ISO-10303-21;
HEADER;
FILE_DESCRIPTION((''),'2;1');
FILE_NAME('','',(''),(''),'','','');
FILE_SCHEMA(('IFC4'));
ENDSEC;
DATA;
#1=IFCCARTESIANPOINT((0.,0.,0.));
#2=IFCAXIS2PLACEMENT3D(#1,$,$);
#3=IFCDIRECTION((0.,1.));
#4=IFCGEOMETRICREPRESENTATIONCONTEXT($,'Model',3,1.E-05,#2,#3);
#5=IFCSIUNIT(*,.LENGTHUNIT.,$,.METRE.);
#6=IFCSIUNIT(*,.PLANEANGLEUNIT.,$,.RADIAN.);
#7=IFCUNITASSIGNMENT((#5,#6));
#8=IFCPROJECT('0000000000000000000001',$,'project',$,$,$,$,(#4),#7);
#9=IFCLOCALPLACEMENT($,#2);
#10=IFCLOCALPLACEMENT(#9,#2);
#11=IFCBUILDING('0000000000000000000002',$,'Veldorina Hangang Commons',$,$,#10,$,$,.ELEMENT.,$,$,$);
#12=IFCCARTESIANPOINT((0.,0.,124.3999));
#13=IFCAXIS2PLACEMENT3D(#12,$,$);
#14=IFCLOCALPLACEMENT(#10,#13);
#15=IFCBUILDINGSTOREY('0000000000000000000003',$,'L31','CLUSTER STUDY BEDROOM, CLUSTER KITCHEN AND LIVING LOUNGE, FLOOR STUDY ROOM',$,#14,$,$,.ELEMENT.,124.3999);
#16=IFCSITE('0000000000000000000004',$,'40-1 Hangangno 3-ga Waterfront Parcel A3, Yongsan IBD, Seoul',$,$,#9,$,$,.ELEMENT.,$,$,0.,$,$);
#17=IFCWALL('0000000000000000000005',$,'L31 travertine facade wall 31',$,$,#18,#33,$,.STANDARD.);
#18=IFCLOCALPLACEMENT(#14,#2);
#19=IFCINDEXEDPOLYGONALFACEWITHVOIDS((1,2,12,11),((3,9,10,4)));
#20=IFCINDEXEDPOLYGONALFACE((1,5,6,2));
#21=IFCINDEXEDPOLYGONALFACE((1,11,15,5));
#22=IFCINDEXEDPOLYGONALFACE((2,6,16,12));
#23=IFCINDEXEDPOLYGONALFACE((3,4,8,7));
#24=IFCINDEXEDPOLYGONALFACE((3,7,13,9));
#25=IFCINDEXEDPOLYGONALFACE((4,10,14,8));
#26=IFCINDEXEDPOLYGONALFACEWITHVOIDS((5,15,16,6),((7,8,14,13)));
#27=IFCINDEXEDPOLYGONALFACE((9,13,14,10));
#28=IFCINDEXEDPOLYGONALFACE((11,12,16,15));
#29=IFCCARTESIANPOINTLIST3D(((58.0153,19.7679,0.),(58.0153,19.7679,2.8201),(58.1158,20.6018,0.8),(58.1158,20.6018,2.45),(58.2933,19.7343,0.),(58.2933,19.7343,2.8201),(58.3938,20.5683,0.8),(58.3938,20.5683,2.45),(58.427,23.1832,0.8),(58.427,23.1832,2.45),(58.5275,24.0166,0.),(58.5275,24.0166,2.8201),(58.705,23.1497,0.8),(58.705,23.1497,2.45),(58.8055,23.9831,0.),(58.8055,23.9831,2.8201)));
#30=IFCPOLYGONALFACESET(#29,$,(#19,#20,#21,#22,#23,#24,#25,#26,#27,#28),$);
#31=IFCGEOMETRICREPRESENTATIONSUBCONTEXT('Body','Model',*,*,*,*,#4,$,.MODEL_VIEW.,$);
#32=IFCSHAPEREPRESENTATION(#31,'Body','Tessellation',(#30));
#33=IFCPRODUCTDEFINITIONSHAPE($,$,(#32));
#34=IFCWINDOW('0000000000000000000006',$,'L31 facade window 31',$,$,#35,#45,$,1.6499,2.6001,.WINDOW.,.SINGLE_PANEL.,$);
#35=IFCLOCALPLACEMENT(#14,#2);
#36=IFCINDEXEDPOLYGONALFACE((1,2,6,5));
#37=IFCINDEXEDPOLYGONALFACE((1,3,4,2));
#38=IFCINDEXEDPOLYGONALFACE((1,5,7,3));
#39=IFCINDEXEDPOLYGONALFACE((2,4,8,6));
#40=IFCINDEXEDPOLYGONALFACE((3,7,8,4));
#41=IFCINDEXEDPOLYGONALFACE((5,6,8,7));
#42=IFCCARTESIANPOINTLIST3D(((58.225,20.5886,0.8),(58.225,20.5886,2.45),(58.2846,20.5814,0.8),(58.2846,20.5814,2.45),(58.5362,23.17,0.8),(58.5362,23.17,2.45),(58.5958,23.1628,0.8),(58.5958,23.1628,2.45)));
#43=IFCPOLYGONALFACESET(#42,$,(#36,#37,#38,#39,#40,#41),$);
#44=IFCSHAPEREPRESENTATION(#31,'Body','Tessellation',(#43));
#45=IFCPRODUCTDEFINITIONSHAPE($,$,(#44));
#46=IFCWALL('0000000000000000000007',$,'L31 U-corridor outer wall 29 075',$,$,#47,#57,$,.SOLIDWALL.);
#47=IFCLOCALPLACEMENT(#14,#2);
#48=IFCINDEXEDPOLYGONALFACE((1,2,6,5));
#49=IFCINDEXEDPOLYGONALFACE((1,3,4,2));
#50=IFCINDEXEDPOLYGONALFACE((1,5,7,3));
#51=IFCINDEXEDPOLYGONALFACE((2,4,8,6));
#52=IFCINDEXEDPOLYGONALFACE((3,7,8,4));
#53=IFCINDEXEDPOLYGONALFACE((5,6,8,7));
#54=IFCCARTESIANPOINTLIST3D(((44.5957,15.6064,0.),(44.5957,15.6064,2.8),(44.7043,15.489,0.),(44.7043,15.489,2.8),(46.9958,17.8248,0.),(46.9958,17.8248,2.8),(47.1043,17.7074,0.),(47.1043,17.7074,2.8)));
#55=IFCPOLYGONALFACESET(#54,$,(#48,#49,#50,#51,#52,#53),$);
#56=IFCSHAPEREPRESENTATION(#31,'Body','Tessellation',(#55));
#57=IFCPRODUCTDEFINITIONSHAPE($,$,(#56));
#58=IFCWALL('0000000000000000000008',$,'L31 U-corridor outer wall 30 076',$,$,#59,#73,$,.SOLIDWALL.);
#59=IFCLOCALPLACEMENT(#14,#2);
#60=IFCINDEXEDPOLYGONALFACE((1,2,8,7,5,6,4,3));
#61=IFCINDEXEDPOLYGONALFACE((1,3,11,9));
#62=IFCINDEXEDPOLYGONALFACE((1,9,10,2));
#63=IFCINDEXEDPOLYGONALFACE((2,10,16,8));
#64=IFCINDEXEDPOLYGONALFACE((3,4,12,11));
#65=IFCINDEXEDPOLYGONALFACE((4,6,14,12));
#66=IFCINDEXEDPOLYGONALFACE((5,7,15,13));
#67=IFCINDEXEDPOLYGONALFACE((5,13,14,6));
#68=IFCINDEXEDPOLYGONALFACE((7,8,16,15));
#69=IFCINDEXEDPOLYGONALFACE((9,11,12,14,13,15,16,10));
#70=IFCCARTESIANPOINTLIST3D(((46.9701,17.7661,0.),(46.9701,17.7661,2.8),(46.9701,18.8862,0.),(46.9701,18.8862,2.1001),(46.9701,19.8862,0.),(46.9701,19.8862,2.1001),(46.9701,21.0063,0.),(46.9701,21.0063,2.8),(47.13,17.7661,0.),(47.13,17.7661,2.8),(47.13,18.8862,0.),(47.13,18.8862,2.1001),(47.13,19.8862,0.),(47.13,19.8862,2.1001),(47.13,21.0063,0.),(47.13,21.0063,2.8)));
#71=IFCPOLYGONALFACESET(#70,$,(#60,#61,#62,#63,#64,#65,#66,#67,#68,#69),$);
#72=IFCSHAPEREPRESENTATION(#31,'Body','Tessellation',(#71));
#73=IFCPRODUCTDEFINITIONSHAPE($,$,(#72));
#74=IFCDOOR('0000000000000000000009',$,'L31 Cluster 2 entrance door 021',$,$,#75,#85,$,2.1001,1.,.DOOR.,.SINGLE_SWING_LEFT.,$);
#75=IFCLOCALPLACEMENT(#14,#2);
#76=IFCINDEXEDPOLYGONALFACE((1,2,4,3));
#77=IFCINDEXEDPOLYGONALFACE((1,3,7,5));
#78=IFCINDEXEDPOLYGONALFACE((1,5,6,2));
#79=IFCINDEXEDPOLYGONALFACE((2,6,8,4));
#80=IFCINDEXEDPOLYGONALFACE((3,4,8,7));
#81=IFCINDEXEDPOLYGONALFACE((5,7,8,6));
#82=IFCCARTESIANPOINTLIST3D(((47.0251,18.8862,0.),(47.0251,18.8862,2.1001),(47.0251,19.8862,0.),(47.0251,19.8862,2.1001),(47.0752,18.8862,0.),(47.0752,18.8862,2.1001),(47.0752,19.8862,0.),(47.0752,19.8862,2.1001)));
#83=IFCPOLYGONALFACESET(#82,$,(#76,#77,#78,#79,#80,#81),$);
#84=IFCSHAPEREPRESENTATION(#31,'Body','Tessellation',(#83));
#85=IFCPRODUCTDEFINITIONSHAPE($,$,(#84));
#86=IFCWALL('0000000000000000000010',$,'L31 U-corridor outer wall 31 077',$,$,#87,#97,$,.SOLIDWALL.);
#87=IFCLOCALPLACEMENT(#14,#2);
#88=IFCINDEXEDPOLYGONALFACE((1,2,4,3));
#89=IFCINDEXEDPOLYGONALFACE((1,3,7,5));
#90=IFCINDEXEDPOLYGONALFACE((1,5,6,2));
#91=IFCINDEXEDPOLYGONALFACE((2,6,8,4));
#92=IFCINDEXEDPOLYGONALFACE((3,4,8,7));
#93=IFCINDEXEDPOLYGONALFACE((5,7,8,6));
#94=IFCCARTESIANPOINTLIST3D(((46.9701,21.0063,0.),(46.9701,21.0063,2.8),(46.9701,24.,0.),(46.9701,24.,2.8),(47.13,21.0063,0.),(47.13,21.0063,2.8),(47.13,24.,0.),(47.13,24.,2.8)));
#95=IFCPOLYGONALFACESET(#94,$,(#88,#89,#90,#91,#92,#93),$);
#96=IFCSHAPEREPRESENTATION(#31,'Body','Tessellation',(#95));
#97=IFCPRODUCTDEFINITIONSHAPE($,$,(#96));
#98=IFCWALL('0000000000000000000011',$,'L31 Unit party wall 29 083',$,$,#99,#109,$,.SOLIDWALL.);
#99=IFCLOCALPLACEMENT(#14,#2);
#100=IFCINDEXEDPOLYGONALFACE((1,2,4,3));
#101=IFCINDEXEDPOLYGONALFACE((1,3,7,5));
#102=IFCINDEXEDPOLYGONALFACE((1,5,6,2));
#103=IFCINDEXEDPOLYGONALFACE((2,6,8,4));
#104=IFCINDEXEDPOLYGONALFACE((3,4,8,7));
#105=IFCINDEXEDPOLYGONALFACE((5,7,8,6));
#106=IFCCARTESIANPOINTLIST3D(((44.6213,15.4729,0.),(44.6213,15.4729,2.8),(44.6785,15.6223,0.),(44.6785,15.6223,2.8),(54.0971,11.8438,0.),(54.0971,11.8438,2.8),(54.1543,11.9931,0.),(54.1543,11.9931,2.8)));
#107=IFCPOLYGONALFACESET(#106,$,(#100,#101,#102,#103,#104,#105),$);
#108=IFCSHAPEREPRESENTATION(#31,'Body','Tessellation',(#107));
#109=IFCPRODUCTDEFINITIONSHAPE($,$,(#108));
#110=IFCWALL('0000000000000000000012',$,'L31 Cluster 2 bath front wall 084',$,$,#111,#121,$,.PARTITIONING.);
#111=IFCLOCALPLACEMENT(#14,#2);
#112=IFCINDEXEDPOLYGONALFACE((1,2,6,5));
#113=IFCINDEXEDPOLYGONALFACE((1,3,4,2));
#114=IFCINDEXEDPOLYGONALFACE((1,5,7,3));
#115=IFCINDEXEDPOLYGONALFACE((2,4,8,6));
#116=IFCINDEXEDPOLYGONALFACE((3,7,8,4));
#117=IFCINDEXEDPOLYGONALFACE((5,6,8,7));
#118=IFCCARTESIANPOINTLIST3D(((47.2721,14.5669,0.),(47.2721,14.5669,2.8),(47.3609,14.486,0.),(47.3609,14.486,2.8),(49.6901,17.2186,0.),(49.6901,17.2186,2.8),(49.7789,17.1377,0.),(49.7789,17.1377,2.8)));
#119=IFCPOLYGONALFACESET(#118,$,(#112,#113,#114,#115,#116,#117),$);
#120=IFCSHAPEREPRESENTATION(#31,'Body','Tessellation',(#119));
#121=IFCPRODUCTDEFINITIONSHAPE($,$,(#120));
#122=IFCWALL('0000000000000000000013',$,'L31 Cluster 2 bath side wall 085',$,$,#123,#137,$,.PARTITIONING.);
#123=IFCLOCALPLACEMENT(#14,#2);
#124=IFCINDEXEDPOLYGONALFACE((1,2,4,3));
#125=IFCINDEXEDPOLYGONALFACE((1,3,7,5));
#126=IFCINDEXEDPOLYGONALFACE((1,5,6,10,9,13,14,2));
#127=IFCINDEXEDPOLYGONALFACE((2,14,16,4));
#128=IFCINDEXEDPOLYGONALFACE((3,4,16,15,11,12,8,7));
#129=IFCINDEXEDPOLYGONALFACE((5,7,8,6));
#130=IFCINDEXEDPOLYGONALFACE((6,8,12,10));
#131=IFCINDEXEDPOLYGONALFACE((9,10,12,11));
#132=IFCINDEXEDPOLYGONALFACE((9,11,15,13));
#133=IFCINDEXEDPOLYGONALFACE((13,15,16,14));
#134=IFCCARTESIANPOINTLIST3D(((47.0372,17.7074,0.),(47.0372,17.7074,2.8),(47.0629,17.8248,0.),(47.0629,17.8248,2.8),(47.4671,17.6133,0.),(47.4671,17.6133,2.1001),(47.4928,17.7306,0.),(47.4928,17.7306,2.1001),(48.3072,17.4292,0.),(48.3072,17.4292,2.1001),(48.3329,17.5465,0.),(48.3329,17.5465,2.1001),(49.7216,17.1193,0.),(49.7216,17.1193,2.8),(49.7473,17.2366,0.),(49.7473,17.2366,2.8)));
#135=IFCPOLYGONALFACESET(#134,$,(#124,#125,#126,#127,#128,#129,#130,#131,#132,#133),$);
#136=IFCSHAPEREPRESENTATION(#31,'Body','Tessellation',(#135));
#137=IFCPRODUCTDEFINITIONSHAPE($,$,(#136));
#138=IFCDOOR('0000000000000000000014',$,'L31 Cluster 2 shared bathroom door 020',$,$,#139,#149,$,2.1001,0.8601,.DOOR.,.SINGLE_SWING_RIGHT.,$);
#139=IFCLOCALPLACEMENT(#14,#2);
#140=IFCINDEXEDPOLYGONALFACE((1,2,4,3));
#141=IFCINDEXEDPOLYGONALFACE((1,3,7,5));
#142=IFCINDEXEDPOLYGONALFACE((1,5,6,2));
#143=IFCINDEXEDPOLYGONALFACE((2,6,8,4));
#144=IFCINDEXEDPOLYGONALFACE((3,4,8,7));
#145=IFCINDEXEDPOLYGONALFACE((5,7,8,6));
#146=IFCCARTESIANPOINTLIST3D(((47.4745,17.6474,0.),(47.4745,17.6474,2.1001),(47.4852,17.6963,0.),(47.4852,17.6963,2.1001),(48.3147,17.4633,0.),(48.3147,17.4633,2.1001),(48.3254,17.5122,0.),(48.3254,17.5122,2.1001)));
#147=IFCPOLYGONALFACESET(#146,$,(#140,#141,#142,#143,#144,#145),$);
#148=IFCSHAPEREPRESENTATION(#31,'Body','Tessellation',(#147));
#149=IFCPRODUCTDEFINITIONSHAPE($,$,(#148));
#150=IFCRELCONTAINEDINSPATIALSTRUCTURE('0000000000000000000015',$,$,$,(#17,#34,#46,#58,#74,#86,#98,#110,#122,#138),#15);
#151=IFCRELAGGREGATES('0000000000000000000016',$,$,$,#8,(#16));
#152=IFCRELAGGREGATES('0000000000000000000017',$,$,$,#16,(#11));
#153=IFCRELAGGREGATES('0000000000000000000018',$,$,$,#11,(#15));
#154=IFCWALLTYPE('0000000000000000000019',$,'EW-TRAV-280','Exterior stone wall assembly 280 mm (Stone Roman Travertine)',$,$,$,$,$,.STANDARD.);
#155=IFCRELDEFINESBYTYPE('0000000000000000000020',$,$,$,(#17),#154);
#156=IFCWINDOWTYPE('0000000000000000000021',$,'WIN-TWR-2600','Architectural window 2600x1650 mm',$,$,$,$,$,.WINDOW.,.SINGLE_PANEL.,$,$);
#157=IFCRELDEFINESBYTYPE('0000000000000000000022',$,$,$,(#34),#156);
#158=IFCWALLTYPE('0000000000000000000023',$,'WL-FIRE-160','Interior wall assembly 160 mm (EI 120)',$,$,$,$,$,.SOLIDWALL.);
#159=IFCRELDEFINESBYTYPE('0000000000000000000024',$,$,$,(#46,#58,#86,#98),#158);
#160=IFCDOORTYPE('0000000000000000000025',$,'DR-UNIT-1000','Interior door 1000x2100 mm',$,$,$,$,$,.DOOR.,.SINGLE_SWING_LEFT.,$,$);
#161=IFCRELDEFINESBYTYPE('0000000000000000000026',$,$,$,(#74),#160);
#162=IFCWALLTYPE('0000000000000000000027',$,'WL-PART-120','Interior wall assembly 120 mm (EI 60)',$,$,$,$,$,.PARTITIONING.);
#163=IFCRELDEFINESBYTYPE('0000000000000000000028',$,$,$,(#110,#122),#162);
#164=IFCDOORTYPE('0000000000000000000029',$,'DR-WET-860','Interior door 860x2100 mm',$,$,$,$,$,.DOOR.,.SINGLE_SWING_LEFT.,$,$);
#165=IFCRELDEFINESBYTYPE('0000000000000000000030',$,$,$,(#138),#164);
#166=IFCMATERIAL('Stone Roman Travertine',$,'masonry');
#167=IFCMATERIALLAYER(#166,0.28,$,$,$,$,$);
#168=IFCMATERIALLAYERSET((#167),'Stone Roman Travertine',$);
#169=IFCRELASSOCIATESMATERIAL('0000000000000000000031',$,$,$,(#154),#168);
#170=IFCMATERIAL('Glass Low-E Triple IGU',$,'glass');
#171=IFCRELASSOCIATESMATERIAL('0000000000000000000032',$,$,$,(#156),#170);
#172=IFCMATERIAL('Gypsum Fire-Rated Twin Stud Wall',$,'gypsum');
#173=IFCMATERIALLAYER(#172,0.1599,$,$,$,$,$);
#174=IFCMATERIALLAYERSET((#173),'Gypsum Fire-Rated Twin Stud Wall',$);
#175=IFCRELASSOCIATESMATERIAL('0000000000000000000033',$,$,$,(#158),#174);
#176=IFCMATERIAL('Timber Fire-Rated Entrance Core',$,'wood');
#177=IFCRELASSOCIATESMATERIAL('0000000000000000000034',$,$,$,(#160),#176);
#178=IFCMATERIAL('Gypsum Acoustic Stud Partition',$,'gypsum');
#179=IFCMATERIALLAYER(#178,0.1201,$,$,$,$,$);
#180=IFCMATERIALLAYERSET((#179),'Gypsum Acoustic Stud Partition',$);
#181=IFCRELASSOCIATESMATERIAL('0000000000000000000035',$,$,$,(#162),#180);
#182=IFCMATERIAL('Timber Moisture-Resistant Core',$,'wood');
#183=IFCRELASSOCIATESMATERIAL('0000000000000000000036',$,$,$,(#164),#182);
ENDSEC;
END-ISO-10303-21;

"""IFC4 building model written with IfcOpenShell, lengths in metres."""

from ifc_helpers import new_model, si_unit, direction, frame, frame_2d, origin, place, context, subcontext, project, spatial, rectangle, extrude, material, layer, layer_set, type_object, element, fill, save


model = new_model("IFC4")

# Units and contexts
model_context = context("Model", 3, precision=1e-05, world=origin(), true_north=direction((0.0, 1.0)))
body_context = subcontext(model_context, "Body", "Model", "MODEL_VIEW")
ifc_project = project(units=[si_unit("LENGTHUNIT", "METRE"), si_unit("PLANEANGLEUNIT", "RADIAN")], contexts=[model_context])

# Site, building, storey
site_placement = place(None, origin())
site = spatial("IfcSite", under=ifc_project, at=site_placement, Name="40-1 Hangangno 3-ga Waterfront Parcel A3, Yongsan IBD, Seoul", CompositionType="ELEMENT", RefElevation=0.0)
building_placement = place(site_placement, origin())
building = spatial("IfcBuilding", under=site, at=building_placement, Name="Veldorina Hangang Commons", CompositionType="ELEMENT")
storey_placement = place(building_placement, frame((0.0, 0.0, 124.3999)))
storey = spatial("IfcBuildingStorey", under=building, at=storey_placement, Name="L31", Description="CLUSTER STUDY BEDROOM, CLUSTER KITCHEN AND LIVING LOUNGE, FLOOR STUDY ROOM", CompositionType="ELEMENT", Elevation=124.3999)

# Shared definitions
ifc_material_1 = material(Name="Stone Roman Travertine", Category="masonry")

# Wall, opening, window
ifc_layer_1 = layer(ifc_material_1, 0.28)
ifc_layer_set_1 = layer_set([ifc_layer_1], Name="Stone Roman Travertine")
wall_type_1 = type_object("IfcWallType", Name="EW-TRAV-280", Description="Exterior stone wall assembly 280 mm (Stone Roman Travertine)", PredefinedType="STANDARD", material=ifc_layer_set_1)
wall_1_placement = place(storey_placement, frame((58.1543, 19.7512, 0.0), z_axis=(0.0, 0.0, 1.0), x_axis=(0.119687, 0.992812, 0.0)))
wall_1 = element("IfcWall", 1, at=wall_1_placement, inside=storey, type_object=wall_type_1, Name="L31 travertine facade wall 31", PredefinedType="STANDARD", context=body_context, shape_type="SweptSolid", body=[
    extrude(rectangle(XDim=4.2795, YDim=0.28, at=frame_2d((2.1396, 0.0))), origin(), (0.0, 0.0, 1.0), 2.8201),
])
opening_1_placement = place(wall_1_placement, frame((0.8398, 0.0, 0.8)))
opening_1 = element("IfcOpeningElement", 2, at=opening_1_placement, cuts=wall_1, PredefinedType="OPENING", context=body_context, shape_type="SweptSolid", body=[
    extrude(rectangle(XDim=2.6001, YDim=1.6499, at=frame_2d((1.3, 0.825))), frame((0.0, 0.1499, 0.0), z_axis=(0.0, -1.0, 0.0), x_axis=(1.0, 0.0, 0.0)), (0.0, 0.0, 1.0), 0.3),
])
ifc_material_2 = material(Name="Glass Low-E Triple IGU", Category="glass")
window_type = type_object("IfcWindowType", Name="WIN-TWR-2600", Description="Architectural window 2600x1650 mm", PartitioningType="SINGLE_PANEL", PredefinedType="WINDOW", material=ifc_material_2)
window_placement = place(opening_1_placement, origin())
window = element("IfcWindow", 3, at=window_placement, inside=storey, type_object=window_type, Name="L31 facade window 31", OverallHeight=1.6499, OverallWidth=2.6001, PartitioningType="SINGLE_PANEL", PredefinedType="WINDOW", context=body_context, shape_type="SweptSolid", body=[
    extrude(rectangle(XDim=2.6001, YDim=1.6499, at=frame_2d((1.3, 0.825))), frame((0.0, 0.03, 0.0), z_axis=(0.0, -1.0, 0.0), x_axis=(1.0, 0.0, 0.0)), (0.0, 0.0, 1.0), 0.0601),
])
fill(opening_1, window)

# Wall
ifc_material_3 = material(Name="Gypsum Fire-Rated Twin Stud Wall", Category="gypsum")
ifc_layer_2 = layer(ifc_material_3, 0.1599)
ifc_layer_set_2 = layer_set([ifc_layer_2], Name="Gypsum Fire-Rated Twin Stud Wall")
wall_type_2 = type_object("IfcWallType", Name="WL-FIRE-160", Description="Interior wall assembly 160 mm (EI 120)", PredefinedType="SOLIDWALL", material=ifc_layer_set_2)
wall_2_placement = place(storey_placement, frame((44.6499, 15.5476, 0.0), z_axis=(0.0, 0.0, 1.0), x_axis=(0.734348, 0.678773, 0.0)))
element("IfcWall", 4, at=wall_2_placement, inside=storey, type_object=wall_type_2, Name="L31 U-corridor outer wall 29 075", PredefinedType="SOLIDWALL", context=body_context, shape_type="SweptSolid", body=[
    extrude(rectangle(XDim=3.2683, YDim=0.1599, at=frame_2d((1.6343, 0.0))), origin(), (0.0, 0.0, 1.0), 2.8),
])

# Wall, opening, door
wall_3_placement = place(storey_placement, frame((47.05, 17.7661, 0.0), z_axis=(0.0, 0.0, 1.0), x_axis=(0.0, 1.0, 0.0)))
wall_3 = element("IfcWall", 5, at=wall_3_placement, inside=storey, type_object=wall_type_2, Name="L31 U-corridor outer wall 30 076", PredefinedType="SOLIDWALL", context=body_context, shape_type="SweptSolid", body=[
    extrude(rectangle(XDim=3.2402, YDim=0.1599, at=frame_2d((1.6201, 0.0))), origin(), (0.0, 0.0, 1.0), 2.8),
])
opening_2_placement = place(wall_3_placement, frame((1.1201, 0.0, 0.0)))
opening_2 = element("IfcOpeningElement", 6, at=opening_2_placement, cuts=wall_3, PredefinedType="OPENING", context=body_context, shape_type="SweptSolid", body=[
    extrude(rectangle(XDim=1.0, YDim=2.1001, at=frame_2d((0.5, 1.05))), frame((0.0, 0.0898, 0.0), z_axis=(0.0, -1.0, 0.0), x_axis=(1.0, 0.0, 0.0)), (0.0, 0.0, 1.0), 0.1799),
])
ifc_material_4 = material(Name="Timber Fire-Rated Entrance Core", Category="wood")
door_type_1 = type_object("IfcDoorType", Name="DR-UNIT-1000", Description="Interior door 1000x2100 mm", OperationType="SINGLE_SWING_LEFT", PredefinedType="DOOR", material=ifc_material_4)
door_1_placement = place(opening_2_placement, origin())
door_1 = element("IfcDoor", 7, at=door_1_placement, inside=storey, type_object=door_type_1, Name="L31 Cluster 2 entrance door 021", OperationType="SINGLE_SWING_LEFT", OverallHeight=2.1001, OverallWidth=1.0, PredefinedType="DOOR", context=body_context, shape_type="SweptSolid", body=[
    extrude(rectangle(XDim=1.0, YDim=2.1001, at=frame_2d((0.5, 1.05))), frame((0.0, 0.0249, 0.0), z_axis=(0.0, -1.0, 0.0), x_axis=(1.0, 0.0, 0.0)), (0.0, 0.0, 1.0), 0.05),
])
fill(opening_2, door_1)

# Walls
wall_4_placement = place(storey_placement, frame((47.05, 21.0063, 0.0), z_axis=(0.0, 0.0, 1.0), x_axis=(0.0, 1.0, 0.0)))
element("IfcWall", 8, at=wall_4_placement, inside=storey, type_object=wall_type_2, Name="L31 U-corridor outer wall 31 077", PredefinedType="SOLIDWALL", context=body_context, shape_type="SweptSolid", body=[
    extrude(rectangle(XDim=2.9937, YDim=0.1599, at=frame_2d((1.4968, 0.0))), origin(), (0.0, 0.0, 1.0), 2.8),
])
wall_5_placement = place(storey_placement, frame((44.6499, 15.5476, 0.0), z_axis=(0.0, 0.0, 1.0), x_axis=(0.933853, -0.357657, 0.0)))
element("IfcWall", 9, at=wall_5_placement, inside=storey, type_object=wall_type_2, Name="L31 Unit party wall 29 083", PredefinedType="SOLIDWALL", context=body_context, shape_type="SweptSolid", body=[
    extrude(rectangle(XDim=10.147, YDim=0.1599, at=frame_2d((5.0735, 0.0))), origin(), (0.0, 0.0, 1.0), 2.8),
])
ifc_material_5 = material(Name="Gypsum Acoustic Stud Partition", Category="gypsum")
ifc_layer_3 = layer(ifc_material_5, 0.1201)
ifc_layer_set_3 = layer_set([ifc_layer_3], Name="Gypsum Acoustic Stud Partition")
wall_type_3 = type_object("IfcWallType", Name="WL-PART-120", Description="Interior wall assembly 120 mm (EI 60)", PredefinedType="PARTITIONING", material=ifc_layer_set_3)
wall_6_placement = place(storey_placement, frame((47.3164, 14.5264, 0.0), z_axis=(0.0, 0.0, 1.0), x_axis=(0.673803, 0.738911, 0.0)))
element("IfcWall", 10, at=wall_6_placement, inside=storey, type_object=wall_type_3, Name="L31 Cluster 2 bath front wall 084", PredefinedType="PARTITIONING", context=body_context, shape_type="SweptSolid", body=[
    extrude(rectangle(XDim=3.5886, YDim=0.1201, at=frame_2d((1.7944, 0.0))), origin(), (0.0, 0.0, 1.0), 2.8),
])

# Wall, opening, door
wall_7_placement = place(storey_placement, frame((47.05, 17.7661, 0.0), z_axis=(0.0, 0.0, 1.0), x_axis=(0.976829, -0.214023, 0.0)))
wall_7 = element("IfcWall", 11, at=wall_7_placement, inside=storey, type_object=wall_type_3, Name="L31 Cluster 2 bath side wall 085", PredefinedType="PARTITIONING", context=body_context, shape_type="SweptSolid", body=[
    extrude(rectangle(XDim=2.748, YDim=0.1201, at=frame_2d((1.374, 0.0))), origin(), (0.0, 0.0, 1.0), 2.8),
])
opening_3_placement = place(wall_7_placement, frame((0.4399, 0.0, 0.0)))
opening_3 = element("IfcOpeningElement", 12, at=opening_3_placement, cuts=wall_7, PredefinedType="OPENING", context=body_context, shape_type="SweptSolid", body=[
    extrude(rectangle(XDim=0.8601, YDim=2.1001, at=frame_2d((0.4302, 1.05))), frame((0.0, 0.0701, 0.0), z_axis=(0.0, -1.0, 0.0), x_axis=(1.0, 0.0, 0.0)), (0.0, 0.0, 1.0), 0.1401),
])
ifc_material_6 = material(Name="Timber Moisture-Resistant Core", Category="wood")
door_type_2 = type_object("IfcDoorType", Name="DR-WET-860", Description="Interior door 860x2100 mm", OperationType="SINGLE_SWING_LEFT", PredefinedType="DOOR", material=ifc_material_6)
door_2_placement = place(opening_3_placement, origin())
door_2 = element("IfcDoor", 13, at=door_2_placement, inside=storey, type_object=door_type_2, Name="L31 Cluster 2 shared bathroom door 020", OperationType="SINGLE_SWING_RIGHT", OverallHeight=2.1001, OverallWidth=0.8601, PredefinedType="DOOR", context=body_context, shape_type="SweptSolid", body=[
    extrude(rectangle(XDim=0.8601, YDim=2.1001, at=frame_2d((0.4302, 1.05))), frame((0.0, 0.0249, 0.0), z_axis=(0.0, -1.0, 0.0), x_axis=(1.0, 0.0, 0.0)), (0.0, 0.0, 1.0), 0.05),
])
fill(opening_3, door_2)

save(model, "model.ifc")
